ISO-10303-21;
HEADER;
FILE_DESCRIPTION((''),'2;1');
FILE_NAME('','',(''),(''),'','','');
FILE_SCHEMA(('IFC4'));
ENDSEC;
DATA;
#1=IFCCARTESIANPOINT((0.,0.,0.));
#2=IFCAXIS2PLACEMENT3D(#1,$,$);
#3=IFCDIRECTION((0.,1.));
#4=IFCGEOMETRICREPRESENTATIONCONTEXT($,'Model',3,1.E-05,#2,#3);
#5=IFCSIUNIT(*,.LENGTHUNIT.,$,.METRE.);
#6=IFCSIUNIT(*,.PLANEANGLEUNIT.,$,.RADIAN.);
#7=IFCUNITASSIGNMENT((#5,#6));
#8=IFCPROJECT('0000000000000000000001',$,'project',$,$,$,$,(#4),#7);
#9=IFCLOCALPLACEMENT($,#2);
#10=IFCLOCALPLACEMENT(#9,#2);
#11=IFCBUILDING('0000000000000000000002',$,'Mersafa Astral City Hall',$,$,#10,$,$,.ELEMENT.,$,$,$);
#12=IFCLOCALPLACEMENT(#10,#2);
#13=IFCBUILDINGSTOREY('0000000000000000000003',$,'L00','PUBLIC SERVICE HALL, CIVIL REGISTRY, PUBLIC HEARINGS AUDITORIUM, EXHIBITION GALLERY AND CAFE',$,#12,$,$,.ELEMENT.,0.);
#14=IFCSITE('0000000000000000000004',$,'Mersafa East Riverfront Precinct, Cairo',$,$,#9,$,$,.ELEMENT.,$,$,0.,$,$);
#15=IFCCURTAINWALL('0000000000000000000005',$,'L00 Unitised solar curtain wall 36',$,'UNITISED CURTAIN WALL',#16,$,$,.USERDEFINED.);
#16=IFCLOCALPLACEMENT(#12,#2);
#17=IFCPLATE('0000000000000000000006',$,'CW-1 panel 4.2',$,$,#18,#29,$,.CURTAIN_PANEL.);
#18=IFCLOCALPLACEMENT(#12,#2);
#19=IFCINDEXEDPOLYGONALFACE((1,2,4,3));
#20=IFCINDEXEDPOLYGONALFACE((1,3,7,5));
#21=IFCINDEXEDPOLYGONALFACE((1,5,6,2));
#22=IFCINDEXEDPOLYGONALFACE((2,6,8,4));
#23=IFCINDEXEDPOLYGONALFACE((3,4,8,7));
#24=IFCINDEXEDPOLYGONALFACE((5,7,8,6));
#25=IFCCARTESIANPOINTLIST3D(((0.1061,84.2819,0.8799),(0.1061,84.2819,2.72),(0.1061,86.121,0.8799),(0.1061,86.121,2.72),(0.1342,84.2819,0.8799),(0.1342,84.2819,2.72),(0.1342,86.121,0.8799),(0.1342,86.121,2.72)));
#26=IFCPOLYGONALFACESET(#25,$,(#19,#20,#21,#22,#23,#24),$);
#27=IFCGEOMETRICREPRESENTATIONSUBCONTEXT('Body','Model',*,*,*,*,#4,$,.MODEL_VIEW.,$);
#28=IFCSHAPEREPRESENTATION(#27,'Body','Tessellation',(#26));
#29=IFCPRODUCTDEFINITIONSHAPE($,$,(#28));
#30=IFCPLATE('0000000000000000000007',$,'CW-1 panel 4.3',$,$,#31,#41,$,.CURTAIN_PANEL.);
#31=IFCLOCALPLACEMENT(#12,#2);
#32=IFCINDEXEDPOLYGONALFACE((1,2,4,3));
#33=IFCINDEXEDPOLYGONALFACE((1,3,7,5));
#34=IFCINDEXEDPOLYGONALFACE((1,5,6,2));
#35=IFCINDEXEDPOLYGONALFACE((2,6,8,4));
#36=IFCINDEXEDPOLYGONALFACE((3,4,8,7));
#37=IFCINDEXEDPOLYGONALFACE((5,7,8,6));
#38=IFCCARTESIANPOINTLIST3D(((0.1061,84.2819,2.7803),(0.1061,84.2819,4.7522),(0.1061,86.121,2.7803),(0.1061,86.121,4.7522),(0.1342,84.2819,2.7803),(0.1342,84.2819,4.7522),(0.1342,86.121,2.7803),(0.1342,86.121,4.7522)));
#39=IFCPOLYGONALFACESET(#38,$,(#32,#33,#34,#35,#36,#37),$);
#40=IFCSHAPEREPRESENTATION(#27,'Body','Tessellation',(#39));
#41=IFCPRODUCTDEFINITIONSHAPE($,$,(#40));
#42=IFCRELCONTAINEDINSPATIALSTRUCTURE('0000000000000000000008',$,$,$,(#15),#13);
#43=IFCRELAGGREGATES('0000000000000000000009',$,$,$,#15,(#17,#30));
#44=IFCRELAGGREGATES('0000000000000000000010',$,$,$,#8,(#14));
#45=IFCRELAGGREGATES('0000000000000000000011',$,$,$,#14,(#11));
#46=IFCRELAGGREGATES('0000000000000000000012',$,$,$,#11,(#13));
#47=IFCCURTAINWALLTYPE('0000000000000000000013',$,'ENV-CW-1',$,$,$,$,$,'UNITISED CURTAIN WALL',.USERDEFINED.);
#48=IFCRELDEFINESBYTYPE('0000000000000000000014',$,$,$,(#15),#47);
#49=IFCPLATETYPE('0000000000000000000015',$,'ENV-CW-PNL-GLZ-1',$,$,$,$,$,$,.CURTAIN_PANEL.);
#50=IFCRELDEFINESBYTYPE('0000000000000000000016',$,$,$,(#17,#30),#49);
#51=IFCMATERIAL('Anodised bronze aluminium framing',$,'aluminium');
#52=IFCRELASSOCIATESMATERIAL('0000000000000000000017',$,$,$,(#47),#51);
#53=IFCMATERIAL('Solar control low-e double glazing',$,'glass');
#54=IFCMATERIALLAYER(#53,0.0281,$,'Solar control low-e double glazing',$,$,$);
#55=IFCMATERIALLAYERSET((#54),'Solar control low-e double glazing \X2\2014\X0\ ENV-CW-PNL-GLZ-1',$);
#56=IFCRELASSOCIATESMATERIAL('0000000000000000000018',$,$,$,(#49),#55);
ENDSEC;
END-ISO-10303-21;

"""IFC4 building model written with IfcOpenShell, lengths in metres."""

from ifc_helpers import new_model, si_unit, direction, frame, origin, origin_2d, place, context, subcontext, project, spatial, rectangle, extrude, material, layer, layer_set, type_object, element, aggregate, save


model = new_model("IFC4")

# Units and contexts
model_context = context("Model", 3, precision=1e-05, world=origin(), true_north=direction((0.0, 1.0)))
body_context = subcontext(model_context, "Body", "Model", "MODEL_VIEW")
ifc_project = project(units=[si_unit("LENGTHUNIT", "METRE"), si_unit("PLANEANGLEUNIT", "RADIAN")], contexts=[model_context])

# Site, building, storey
site_placement = place(None, origin())
site = spatial("IfcSite", under=ifc_project, at=site_placement, Name="Mersafa East Riverfront Precinct, Cairo", CompositionType="ELEMENT", RefElevation=0.0)
building_placement = place(site_placement, origin())
building = spatial("IfcBuilding", under=site, at=building_placement, Name="Mersafa Astral City Hall", CompositionType="ELEMENT")
storey_placement = place(building_placement, origin())
storey = spatial("IfcBuildingStorey", under=building, at=storey_placement, Name="L00", Description="PUBLIC SERVICE HALL, CIVIL REGISTRY, PUBLIC HEARINGS AUDITORIUM, EXHIBITION GALLERY AND CAFE", CompositionType="ELEMENT", Elevation=0.0)

# Curtain wall
ifc_material_1 = material(Name="Anodised bronze aluminium framing", Category="aluminium")
curtain_wall_type_1 = type_object("IfcCurtainWallType", Name="ENV-CW-1", ElementType="UNITISED CURTAIN WALL", PredefinedType="USERDEFINED", material=ifc_material_1)
curtain_wall_1_placement = place(storey_placement, origin())
curtain_wall_1 = element("IfcCurtainWall", 1, at=curtain_wall_1_placement, inside=storey, type_object=curtain_wall_type_1, Name="L00 Unitised solar curtain wall 36", ObjectType="UNITISED CURTAIN WALL", PredefinedType="USERDEFINED")

# Plates
ifc_material_2 = material(Name="Solar control low-e double glazing", Category="glass")
ifc_layer = layer(ifc_material_2, 0.0281, Name="Solar control low-e double glazing")
ifc_layer_set = layer_set([ifc_layer], Name="Solar control low-e double glazing — ENV-CW-PNL-GLZ-1")
plate_type = type_object("IfcPlateType", Name="ENV-CW-PNL-GLZ-1", PredefinedType="CURTAIN_PANEL", material=ifc_layer_set)
plate_1_placement = place(storey_placement, frame((0.1201, 85.2014, 0.8799), z_axis=(0.0, 0.0, 1.0), x_axis=(0.0, -1.0, 0.0)))
plate_1 = element("IfcPlate", 2, at=plate_1_placement, type_object=plate_type, Name="CW-1 panel 4.2", PredefinedType="CURTAIN_PANEL", context=body_context, shape_type="SweptSolid", body=[
    extrude(rectangle(XDim=1.8391, YDim=0.0281, at=origin_2d()), origin(), (0.0, 0.0, 1.0), 1.8401),
])
plate_2_placement = place(storey_placement, frame((0.1201, 85.2014, 2.7803), z_axis=(0.0, 0.0, 1.0), x_axis=(0.0, -1.0, 0.0)))
plate_2 = element("IfcPlate", 3, at=plate_2_placement, type_object=plate_type, Name="CW-1 panel 4.3", PredefinedType="CURTAIN_PANEL", context=body_context, shape_type="SweptSolid", body=[
    extrude(rectangle(XDim=1.8391, YDim=0.0281, at=origin_2d()), origin(), (0.0, 0.0, 1.0), 1.9719),
])
aggregate(curtain_wall_1, [plate_1, plate_2])

save(model, "model.ifc")
